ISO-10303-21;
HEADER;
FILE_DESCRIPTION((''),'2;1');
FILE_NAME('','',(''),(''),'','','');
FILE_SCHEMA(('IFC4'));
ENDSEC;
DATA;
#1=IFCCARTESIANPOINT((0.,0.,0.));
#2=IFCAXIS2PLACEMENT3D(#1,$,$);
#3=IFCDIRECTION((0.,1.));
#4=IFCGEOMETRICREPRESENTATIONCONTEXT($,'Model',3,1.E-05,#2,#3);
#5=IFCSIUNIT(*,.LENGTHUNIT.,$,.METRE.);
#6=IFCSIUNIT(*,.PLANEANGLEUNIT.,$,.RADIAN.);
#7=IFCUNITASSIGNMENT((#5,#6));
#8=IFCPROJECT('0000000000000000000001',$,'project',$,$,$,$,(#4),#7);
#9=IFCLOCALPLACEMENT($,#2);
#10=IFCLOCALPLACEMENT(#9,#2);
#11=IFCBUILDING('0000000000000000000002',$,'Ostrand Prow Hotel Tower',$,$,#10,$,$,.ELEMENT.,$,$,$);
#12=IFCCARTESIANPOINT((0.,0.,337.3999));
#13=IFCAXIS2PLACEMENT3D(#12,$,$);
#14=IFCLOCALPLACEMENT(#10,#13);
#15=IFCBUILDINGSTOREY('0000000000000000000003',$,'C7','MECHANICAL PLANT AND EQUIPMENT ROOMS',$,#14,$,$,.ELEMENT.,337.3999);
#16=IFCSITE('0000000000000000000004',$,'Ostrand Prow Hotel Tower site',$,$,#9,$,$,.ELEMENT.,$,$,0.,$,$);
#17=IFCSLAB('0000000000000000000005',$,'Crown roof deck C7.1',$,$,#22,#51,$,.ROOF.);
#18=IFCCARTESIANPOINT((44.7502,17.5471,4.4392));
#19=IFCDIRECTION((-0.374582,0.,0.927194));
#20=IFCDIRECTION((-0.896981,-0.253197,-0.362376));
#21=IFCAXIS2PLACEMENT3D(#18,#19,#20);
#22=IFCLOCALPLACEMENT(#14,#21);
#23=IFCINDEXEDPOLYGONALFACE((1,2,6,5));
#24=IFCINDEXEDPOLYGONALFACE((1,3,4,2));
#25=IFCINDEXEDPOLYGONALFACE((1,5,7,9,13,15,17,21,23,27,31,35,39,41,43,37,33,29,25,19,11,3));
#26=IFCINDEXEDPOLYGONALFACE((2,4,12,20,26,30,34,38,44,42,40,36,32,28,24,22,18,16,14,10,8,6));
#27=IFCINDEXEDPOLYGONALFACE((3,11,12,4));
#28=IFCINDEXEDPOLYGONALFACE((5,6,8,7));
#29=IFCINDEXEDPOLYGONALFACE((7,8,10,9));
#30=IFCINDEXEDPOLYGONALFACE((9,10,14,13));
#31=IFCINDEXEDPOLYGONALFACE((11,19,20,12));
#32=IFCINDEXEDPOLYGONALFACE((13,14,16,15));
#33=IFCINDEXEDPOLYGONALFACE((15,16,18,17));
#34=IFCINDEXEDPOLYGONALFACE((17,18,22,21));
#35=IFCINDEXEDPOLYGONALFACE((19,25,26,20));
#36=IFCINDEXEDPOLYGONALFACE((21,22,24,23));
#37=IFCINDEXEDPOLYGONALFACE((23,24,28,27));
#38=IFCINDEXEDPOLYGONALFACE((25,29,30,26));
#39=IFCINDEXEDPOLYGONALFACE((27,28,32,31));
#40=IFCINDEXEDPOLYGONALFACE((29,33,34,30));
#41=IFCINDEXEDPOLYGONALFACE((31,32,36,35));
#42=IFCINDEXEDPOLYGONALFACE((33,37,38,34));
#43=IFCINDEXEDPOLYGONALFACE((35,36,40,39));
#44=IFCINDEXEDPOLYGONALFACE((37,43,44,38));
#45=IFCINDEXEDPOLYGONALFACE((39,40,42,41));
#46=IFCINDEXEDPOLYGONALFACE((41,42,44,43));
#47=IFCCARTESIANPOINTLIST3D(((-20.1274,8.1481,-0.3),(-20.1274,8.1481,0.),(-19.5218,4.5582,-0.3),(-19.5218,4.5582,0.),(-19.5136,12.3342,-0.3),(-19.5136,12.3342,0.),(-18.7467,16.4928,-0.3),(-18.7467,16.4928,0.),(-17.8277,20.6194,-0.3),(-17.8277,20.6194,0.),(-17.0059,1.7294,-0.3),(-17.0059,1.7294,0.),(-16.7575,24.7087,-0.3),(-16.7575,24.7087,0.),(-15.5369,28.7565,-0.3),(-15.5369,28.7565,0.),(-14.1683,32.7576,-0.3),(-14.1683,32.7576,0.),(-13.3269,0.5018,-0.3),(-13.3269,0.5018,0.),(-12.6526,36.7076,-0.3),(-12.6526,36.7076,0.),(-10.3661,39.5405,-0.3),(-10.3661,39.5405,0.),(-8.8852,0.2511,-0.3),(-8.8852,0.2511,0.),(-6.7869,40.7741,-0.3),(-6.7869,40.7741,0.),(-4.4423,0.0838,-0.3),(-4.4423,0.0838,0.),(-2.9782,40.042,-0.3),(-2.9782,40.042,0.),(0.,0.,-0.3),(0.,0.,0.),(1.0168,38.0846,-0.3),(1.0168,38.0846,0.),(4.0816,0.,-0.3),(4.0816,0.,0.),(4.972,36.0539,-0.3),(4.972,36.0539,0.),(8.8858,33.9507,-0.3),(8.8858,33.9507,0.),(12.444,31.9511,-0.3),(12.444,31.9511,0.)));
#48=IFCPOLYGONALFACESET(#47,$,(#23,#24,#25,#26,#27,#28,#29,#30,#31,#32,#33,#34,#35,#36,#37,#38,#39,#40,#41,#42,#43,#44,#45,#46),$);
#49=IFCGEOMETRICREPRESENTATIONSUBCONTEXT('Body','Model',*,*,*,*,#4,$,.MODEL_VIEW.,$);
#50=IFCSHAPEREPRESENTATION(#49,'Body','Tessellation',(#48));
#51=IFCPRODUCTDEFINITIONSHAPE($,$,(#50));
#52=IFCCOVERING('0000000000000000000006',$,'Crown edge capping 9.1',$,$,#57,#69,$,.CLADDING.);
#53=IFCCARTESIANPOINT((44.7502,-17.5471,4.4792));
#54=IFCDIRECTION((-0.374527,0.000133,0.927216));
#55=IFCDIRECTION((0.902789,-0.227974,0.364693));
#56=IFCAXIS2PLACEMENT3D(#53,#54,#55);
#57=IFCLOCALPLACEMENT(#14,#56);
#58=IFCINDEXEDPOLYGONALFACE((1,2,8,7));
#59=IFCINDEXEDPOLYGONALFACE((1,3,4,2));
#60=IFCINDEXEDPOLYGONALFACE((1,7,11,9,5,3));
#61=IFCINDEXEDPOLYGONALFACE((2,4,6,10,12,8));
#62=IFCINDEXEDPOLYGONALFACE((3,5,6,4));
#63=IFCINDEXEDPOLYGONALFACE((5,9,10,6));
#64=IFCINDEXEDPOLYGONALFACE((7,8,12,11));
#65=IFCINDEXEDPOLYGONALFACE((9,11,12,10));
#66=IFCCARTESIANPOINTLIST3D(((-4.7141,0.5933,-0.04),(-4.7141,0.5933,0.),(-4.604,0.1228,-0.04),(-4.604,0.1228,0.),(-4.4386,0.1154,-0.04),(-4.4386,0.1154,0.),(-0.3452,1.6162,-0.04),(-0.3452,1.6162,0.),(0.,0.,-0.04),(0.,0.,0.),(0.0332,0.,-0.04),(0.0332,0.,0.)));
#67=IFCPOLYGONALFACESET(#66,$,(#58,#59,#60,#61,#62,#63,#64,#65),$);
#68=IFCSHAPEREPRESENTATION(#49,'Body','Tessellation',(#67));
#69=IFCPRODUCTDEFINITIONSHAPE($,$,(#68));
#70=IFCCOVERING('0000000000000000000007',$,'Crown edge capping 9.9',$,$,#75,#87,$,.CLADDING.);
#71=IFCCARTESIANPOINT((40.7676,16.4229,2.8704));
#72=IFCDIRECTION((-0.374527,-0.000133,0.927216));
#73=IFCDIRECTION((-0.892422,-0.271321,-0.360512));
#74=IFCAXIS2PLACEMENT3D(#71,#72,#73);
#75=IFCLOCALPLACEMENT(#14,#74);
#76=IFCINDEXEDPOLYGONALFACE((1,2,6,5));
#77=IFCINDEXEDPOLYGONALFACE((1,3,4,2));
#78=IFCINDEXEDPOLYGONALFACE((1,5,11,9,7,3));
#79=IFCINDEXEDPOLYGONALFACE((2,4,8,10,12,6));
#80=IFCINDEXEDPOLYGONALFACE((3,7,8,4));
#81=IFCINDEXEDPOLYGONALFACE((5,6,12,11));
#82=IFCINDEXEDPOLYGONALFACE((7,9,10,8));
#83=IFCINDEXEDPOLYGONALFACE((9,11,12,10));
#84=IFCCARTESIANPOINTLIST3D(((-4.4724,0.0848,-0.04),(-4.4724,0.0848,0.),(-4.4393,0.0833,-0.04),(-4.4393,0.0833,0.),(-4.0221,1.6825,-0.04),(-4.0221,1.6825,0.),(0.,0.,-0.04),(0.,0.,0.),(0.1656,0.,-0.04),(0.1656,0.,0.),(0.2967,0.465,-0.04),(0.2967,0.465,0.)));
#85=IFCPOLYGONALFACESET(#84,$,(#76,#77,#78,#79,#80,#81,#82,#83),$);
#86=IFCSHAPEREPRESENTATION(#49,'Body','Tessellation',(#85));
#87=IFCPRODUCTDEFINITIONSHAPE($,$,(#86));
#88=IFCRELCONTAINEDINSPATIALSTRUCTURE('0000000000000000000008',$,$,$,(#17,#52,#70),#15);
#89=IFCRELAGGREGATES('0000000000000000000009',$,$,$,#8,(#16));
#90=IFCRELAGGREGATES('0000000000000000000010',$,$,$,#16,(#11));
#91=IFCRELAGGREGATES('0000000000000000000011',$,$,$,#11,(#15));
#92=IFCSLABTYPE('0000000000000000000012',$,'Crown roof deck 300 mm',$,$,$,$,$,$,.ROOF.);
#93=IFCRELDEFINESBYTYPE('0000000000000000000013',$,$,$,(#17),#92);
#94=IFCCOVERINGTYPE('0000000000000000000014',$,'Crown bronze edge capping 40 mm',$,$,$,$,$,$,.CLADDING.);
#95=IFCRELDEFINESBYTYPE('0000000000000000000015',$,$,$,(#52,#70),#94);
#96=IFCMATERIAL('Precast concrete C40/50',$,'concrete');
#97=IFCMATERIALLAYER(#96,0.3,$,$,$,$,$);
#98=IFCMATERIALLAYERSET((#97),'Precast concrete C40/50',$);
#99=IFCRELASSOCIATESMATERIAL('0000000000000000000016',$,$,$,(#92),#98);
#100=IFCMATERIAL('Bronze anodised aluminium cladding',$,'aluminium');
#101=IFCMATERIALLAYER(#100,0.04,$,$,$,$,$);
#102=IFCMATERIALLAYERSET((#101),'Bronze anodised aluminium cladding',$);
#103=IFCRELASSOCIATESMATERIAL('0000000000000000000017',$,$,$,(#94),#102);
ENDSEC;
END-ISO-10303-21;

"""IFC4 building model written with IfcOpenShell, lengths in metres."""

from ifc_helpers import new_model, si_unit, direction, frame, origin, place, context, subcontext, project, spatial, polyline, outline, extrude, material, layer, layer_set, type_object, element, save


model = new_model("IFC4")

# Units and contexts
model_context = context("Model", 3, precision=1e-05, world=origin(), true_north=direction((0.0, 1.0)))
body_context = subcontext(model_context, "Body", "Model", "MODEL_VIEW")
ifc_project = project(units=[si_unit("LENGTHUNIT", "METRE"), si_unit("PLANEANGLEUNIT", "RADIAN")], contexts=[model_context])

# Site, building, storey
site_placement = place(None, origin())
site = spatial("IfcSite", under=ifc_project, at=site_placement, Name="Ostrand Prow Hotel Tower site", CompositionType="ELEMENT", RefElevation=0.0)
building_placement = place(site_placement, origin())
building = spatial("IfcBuilding", under=site, at=building_placement, Name="Ostrand Prow Hotel Tower", CompositionType="ELEMENT")
storey_placement = place(building_placement, frame((0.0, 0.0, 337.3999)))
storey = spatial("IfcBuildingStorey", under=building, at=storey_placement, Name="C7", Description="MECHANICAL PLANT AND EQUIPMENT ROOMS", CompositionType="ELEMENT", Elevation=337.3999)

# Slab
ifc_material_1 = material(Name="Precast concrete C40/50", Category="concrete")
ifc_layer_1 = layer(ifc_material_1, 0.3)
ifc_layer_set_1 = layer_set([ifc_layer_1], Name="Precast concrete C40/50")
slab_type = type_object("IfcSlabType", Name="Crown roof deck 300 mm", PredefinedType="ROOF", material=ifc_layer_set_1)
slab_placement = place(storey_placement, frame((44.7502, 17.5471, 4.4392), z_axis=(-0.374582, 0.0, 0.927194), x_axis=(-0.896981, -0.253197, -0.362376)))
element("IfcSlab", 1, at=slab_placement, inside=storey, type_object=slab_type, Name="Crown roof deck C7.1", PredefinedType="ROOF", context=body_context, shape_type="SweptSolid", body=[
    extrude(outline(polyline([(0.0, 0.0), (4.0816, 0.0), (12.444, 31.9511), (8.8858, 33.9507), (4.972, 36.0539), (1.0168, 38.0846), (-2.9782, 40.042), (-6.7869, 40.7741), (-10.3661, 39.5405), (-12.6526, 36.7076), (-14.1683, 32.7576), (-15.5369, 28.7565), (-16.7575, 24.7087), (-17.8277, 20.6194), (-18.7467, 16.4928), (-19.5136, 12.3342), (-20.1274, 8.1481), (-19.5218, 4.5582), (-17.0059, 1.7294), (-13.3269, 0.5018), (-8.8852, 0.2511), (-4.4423, 0.0838), (0.0, 0.0)])), origin(), (0.0, 0.0, -1.0), 0.3),
])

# Coverings
ifc_material_2 = material(Name="Bronze anodised aluminium cladding", Category="aluminium")
ifc_layer_2 = layer(ifc_material_2, 0.04)
ifc_layer_set_2 = layer_set([ifc_layer_2], Name="Bronze anodised aluminium cladding")
covering_type_1 = type_object("IfcCoveringType", Name="Crown bronze edge capping 40 mm", PredefinedType="CLADDING", material=ifc_layer_set_2)
covering_1_placement = place(storey_placement, frame((44.7502, -17.5471, 4.4792), z_axis=(-0.374527, 0.000133, 0.927216), x_axis=(0.902789, -0.227974, 0.364693)))
element("IfcCovering", 2, at=covering_1_placement, inside=storey, type_object=covering_type_1, Name="Crown edge capping 9.1", PredefinedType="CLADDING", context=body_context, shape_type="SweptSolid", body=[
    extrude(outline(polyline([(0.0, 0.0), (0.0332, 0.0), (-0.3452, 1.6162), (-4.7141, 0.5933), (-4.604, 0.1228), (-4.4386, 0.1154), (0.0, 0.0)])), origin(), (0.0, 0.0, -1.0), 0.04),
])
covering_2_placement = place(storey_placement, frame((40.7676, 16.4229, 2.8704), z_axis=(-0.374527, -0.000133, 0.927216), x_axis=(-0.892422, -0.271321, -0.360512)))
element("IfcCovering", 3, at=covering_2_placement, inside=storey, type_object=covering_type_1, Name="Crown edge capping 9.9", PredefinedType="CLADDING", context=body_context, shape_type="SweptSolid", body=[
    extrude(outline(polyline([(0.0, 0.0), (0.1656, 0.0), (0.2967, 0.465), (-4.0221, 1.6825), (-4.4724, 0.0848), (-4.4393, 0.0833), (0.0, 0.0)])), origin(), (0.0, 0.0, -1.0), 0.04),
])

save(model, "model.ifc")
